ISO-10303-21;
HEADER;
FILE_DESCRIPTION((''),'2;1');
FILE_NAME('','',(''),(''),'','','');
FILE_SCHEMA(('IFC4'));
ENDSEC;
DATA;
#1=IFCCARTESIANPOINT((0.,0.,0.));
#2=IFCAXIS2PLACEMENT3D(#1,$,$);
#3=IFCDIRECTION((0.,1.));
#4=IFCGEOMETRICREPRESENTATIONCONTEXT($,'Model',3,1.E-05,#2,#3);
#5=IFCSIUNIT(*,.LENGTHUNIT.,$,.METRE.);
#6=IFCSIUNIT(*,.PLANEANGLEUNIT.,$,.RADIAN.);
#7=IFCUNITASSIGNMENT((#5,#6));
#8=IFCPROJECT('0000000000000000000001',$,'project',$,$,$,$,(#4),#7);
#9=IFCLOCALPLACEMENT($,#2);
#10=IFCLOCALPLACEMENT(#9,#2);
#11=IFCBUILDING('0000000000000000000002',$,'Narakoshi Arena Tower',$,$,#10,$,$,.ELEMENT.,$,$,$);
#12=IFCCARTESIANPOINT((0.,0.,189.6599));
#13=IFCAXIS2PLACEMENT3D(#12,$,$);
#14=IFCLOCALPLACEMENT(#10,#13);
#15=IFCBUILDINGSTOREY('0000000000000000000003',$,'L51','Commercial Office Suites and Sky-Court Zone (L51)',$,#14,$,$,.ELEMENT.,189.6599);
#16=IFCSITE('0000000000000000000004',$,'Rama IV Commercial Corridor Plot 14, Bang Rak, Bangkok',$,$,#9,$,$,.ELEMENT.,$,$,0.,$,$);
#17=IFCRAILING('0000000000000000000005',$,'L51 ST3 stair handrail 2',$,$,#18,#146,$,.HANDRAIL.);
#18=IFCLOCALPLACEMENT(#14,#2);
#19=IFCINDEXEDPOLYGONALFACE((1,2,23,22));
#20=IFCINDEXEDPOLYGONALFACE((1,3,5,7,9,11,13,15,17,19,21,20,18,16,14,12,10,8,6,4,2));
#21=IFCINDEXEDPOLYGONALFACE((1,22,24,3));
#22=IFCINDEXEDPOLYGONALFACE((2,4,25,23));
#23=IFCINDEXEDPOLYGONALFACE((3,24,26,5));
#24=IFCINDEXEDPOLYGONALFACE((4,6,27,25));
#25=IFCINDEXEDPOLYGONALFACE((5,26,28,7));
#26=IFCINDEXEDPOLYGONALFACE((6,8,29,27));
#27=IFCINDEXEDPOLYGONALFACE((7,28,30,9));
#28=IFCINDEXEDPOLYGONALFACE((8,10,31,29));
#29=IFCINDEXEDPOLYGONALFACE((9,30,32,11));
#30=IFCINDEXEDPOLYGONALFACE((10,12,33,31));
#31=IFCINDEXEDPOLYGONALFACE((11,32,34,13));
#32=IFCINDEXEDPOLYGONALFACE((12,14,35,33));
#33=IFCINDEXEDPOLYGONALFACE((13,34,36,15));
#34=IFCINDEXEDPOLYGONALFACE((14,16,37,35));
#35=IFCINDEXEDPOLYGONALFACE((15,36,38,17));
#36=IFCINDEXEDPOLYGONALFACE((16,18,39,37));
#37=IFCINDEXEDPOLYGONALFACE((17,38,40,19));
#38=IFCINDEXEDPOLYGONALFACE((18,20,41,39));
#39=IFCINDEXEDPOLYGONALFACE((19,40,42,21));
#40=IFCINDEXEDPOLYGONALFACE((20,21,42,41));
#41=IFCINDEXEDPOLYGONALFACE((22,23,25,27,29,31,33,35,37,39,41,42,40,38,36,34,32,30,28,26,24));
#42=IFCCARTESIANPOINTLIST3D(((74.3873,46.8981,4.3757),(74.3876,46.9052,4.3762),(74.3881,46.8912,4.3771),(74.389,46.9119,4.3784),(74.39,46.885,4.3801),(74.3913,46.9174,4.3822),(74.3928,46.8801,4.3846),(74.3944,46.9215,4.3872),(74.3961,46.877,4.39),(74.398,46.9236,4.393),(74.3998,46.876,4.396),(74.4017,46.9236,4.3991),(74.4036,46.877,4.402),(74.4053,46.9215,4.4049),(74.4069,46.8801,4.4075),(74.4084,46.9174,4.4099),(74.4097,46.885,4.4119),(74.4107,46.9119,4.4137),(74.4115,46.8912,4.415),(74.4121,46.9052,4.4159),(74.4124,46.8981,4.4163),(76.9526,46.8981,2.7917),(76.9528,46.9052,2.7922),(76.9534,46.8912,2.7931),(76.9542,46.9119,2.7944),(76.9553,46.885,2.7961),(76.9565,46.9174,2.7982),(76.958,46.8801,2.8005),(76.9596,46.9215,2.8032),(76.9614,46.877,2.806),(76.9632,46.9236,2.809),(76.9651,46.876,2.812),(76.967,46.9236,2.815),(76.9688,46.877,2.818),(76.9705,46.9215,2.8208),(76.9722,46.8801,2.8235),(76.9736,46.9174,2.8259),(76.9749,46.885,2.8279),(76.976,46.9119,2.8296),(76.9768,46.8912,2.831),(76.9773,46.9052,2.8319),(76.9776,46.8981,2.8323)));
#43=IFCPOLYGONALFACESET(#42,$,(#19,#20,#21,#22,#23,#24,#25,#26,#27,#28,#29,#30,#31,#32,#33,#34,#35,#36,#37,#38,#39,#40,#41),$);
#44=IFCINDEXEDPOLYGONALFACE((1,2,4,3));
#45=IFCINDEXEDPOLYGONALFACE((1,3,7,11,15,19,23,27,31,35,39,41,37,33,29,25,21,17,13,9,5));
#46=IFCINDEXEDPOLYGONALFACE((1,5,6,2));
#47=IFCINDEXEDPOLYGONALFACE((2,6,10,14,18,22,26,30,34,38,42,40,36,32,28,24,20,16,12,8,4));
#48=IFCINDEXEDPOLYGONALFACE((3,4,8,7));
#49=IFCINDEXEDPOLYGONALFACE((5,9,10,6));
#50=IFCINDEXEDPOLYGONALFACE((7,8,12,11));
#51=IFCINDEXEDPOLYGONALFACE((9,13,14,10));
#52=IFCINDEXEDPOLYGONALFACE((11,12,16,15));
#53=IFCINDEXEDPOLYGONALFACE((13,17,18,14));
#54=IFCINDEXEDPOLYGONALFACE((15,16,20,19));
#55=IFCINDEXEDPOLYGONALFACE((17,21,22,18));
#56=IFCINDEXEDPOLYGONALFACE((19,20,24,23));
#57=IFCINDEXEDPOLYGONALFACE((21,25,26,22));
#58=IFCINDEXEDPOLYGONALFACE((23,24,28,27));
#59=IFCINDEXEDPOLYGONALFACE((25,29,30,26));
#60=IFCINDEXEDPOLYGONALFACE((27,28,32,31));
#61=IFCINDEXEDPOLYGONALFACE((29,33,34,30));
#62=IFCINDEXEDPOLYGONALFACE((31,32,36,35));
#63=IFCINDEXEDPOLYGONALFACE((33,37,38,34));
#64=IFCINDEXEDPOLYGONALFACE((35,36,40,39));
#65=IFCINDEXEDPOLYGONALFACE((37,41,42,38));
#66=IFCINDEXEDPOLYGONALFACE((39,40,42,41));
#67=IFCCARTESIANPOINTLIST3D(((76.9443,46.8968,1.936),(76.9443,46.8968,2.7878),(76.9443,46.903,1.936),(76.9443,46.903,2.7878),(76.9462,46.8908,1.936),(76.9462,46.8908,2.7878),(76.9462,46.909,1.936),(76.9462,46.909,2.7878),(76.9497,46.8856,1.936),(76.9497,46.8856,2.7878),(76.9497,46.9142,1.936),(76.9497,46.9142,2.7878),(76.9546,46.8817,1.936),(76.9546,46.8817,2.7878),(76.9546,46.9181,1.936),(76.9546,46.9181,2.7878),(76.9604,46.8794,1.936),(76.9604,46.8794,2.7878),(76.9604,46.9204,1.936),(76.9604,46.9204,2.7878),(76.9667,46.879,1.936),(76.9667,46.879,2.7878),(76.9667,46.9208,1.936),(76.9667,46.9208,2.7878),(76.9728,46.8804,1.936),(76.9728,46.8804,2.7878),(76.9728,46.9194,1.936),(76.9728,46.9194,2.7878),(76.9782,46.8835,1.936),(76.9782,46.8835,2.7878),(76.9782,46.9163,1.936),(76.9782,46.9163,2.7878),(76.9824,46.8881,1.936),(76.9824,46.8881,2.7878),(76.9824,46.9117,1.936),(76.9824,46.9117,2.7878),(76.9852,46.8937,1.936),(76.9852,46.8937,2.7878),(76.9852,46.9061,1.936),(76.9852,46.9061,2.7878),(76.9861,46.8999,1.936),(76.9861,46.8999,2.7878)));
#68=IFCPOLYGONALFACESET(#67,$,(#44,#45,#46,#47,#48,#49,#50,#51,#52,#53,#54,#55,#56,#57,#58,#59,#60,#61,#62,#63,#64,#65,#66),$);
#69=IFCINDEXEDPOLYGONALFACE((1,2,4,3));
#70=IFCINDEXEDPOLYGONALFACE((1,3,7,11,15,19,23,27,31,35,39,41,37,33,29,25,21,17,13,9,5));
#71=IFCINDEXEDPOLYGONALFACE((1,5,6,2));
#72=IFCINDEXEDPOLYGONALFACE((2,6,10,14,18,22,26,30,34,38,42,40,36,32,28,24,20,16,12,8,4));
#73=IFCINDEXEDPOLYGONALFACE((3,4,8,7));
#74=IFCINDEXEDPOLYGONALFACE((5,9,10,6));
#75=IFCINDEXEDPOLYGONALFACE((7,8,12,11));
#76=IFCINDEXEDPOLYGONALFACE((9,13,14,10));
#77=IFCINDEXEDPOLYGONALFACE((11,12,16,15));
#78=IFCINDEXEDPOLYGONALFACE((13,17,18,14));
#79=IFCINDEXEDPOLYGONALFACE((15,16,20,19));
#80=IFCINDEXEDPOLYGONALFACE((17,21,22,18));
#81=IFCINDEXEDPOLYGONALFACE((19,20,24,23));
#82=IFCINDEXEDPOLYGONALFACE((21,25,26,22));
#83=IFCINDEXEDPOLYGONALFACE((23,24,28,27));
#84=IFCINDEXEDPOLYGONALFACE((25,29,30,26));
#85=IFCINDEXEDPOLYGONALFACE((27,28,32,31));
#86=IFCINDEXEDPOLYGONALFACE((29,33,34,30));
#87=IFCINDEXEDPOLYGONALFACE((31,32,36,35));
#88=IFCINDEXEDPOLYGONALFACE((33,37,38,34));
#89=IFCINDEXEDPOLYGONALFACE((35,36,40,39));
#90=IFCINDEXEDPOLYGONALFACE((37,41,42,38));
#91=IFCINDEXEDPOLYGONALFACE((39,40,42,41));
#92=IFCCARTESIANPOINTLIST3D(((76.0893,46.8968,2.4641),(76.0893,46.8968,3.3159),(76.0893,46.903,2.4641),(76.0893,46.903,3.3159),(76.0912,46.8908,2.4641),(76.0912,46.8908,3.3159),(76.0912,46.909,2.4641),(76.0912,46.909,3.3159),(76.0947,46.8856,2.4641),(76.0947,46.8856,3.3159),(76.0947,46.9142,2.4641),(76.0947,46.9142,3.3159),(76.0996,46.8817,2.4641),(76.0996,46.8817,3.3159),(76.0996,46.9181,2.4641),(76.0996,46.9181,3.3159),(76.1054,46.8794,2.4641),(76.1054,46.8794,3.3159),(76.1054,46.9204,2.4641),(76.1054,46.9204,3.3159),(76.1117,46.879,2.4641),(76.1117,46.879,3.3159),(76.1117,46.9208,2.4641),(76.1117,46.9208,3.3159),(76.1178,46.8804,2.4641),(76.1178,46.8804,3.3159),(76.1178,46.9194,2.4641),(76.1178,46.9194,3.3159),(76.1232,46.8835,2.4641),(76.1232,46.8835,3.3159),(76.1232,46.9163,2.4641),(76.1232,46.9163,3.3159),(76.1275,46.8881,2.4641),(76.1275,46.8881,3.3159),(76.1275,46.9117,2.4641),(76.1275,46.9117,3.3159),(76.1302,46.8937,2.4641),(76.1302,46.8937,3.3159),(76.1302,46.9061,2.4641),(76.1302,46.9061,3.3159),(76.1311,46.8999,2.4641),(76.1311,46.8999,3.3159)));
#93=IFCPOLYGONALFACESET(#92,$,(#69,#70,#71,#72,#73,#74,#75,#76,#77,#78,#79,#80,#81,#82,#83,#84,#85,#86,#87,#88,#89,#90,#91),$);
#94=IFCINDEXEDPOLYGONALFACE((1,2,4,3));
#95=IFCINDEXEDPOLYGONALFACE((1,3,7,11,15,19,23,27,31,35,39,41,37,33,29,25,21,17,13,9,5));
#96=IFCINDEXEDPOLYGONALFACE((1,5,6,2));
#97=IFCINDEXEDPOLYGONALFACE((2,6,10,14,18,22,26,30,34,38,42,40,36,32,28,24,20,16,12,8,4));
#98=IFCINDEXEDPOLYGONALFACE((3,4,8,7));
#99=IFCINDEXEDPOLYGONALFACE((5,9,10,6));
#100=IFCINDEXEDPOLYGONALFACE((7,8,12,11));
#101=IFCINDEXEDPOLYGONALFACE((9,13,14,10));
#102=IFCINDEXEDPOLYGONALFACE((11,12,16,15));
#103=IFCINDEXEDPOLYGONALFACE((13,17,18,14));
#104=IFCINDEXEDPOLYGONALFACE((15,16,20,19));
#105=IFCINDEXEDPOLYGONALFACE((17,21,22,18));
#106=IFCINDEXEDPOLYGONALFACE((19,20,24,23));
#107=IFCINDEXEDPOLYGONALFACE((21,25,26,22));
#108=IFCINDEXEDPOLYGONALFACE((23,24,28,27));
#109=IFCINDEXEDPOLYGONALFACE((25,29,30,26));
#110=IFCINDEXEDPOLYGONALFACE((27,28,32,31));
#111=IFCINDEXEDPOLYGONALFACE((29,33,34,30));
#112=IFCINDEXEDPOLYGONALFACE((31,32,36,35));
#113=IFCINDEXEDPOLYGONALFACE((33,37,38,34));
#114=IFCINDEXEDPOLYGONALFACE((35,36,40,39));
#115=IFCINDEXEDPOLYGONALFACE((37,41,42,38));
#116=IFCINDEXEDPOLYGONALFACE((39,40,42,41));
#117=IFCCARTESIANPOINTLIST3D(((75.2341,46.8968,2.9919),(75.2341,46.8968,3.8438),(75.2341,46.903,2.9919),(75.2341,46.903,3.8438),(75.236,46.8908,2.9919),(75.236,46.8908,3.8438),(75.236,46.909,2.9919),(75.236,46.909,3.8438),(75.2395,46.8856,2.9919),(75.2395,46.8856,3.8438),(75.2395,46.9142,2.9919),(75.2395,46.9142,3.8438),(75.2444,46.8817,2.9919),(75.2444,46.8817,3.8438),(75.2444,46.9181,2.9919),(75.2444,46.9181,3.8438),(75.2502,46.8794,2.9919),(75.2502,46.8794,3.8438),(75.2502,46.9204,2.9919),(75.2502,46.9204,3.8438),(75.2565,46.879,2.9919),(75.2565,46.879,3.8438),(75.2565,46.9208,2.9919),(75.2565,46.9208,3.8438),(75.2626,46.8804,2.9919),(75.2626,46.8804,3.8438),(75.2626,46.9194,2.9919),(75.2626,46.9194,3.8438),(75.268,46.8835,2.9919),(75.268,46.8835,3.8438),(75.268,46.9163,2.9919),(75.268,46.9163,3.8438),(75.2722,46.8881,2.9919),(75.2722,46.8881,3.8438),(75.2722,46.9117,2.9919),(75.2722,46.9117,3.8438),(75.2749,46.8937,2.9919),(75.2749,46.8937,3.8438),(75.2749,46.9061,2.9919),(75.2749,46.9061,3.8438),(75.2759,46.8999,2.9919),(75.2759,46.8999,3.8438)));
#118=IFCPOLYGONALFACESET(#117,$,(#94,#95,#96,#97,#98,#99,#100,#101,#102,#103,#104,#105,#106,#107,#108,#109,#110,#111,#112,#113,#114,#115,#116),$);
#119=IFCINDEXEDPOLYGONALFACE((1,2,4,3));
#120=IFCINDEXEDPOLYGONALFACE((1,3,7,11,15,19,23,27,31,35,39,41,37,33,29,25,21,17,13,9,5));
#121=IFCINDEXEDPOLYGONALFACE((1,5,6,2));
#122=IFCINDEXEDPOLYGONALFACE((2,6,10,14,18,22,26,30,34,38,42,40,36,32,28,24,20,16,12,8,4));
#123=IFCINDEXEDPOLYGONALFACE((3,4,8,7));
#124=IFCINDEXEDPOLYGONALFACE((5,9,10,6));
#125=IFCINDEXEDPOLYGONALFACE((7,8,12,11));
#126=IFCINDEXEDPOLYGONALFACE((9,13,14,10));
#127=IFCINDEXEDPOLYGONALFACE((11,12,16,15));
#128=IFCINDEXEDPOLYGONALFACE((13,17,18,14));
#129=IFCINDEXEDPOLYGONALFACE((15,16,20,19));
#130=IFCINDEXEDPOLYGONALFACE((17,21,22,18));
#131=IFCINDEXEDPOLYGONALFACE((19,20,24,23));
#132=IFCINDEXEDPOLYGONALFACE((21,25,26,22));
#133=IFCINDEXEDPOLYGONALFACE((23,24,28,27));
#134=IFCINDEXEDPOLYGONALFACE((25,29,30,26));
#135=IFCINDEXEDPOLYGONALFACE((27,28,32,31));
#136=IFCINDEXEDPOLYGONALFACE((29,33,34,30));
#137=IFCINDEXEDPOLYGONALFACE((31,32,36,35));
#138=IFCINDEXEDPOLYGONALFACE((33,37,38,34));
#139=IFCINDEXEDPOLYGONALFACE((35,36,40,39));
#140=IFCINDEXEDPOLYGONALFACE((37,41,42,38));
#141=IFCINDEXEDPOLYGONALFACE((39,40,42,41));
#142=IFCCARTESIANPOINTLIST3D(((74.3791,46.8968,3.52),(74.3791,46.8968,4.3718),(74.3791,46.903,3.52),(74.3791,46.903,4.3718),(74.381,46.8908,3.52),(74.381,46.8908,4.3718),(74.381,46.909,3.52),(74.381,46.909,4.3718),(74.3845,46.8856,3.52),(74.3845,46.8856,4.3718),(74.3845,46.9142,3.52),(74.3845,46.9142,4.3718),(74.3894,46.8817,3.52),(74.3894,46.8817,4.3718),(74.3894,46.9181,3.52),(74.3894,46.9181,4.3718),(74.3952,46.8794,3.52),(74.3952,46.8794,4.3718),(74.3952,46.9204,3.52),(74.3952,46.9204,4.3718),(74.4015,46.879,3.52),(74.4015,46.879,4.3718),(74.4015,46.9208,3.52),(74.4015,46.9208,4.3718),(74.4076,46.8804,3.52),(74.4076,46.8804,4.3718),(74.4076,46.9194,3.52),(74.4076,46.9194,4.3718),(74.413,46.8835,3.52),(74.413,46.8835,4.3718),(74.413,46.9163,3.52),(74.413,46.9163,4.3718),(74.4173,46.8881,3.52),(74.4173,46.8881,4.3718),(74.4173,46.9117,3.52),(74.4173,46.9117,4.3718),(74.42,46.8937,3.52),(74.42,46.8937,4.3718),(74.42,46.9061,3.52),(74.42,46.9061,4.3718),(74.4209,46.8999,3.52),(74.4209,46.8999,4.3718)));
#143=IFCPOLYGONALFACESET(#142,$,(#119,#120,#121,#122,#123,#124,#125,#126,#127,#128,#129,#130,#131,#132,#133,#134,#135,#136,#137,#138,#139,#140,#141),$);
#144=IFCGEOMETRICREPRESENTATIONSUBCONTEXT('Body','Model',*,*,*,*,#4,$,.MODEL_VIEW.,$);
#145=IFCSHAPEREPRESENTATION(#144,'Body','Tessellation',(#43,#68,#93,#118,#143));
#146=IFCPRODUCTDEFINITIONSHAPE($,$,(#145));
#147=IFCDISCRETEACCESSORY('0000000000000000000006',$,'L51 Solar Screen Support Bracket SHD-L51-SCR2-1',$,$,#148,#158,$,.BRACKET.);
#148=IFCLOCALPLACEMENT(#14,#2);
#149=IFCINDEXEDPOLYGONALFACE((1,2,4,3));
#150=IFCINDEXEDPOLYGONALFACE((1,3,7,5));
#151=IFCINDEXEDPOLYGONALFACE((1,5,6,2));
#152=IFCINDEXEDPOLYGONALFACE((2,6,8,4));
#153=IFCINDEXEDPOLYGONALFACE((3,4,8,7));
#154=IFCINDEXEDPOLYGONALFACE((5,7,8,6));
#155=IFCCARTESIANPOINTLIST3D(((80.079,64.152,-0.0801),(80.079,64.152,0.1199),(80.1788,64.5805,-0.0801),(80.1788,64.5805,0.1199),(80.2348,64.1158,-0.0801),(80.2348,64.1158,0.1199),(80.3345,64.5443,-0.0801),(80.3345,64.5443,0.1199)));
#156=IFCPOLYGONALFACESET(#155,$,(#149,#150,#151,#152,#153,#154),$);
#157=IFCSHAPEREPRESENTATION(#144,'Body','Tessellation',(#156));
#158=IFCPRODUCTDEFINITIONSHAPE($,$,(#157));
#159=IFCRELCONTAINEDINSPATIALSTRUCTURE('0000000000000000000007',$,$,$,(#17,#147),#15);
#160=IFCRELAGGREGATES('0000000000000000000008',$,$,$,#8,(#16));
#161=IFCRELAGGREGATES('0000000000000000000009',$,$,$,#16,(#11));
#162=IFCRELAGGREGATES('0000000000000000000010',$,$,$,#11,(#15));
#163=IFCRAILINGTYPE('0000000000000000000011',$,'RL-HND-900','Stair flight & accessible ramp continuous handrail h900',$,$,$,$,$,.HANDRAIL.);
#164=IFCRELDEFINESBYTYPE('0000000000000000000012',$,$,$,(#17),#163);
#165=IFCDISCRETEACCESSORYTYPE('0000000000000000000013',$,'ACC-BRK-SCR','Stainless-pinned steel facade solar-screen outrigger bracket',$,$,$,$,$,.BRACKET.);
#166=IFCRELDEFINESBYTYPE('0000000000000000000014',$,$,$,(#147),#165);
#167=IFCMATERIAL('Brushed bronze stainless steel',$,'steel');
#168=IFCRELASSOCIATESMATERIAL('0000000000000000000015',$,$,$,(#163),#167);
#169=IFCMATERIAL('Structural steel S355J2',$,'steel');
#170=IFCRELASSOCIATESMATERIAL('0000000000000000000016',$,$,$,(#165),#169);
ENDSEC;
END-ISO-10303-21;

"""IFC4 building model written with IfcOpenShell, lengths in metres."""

from ifc_helpers import new_model, si_unit, direction, frame, origin, origin_2d, place, context, subcontext, project, spatial, rectangle, circle, extrude, material, type_object, element, save


model = new_model("IFC4")

# Units and contexts
model_context = context("Model", 3, precision=1e-05, world=origin(), true_north=direction((0.0, 1.0)))
body_context = subcontext(model_context, "Body", "Model", "MODEL_VIEW")
ifc_project = project(units=[si_unit("LENGTHUNIT", "METRE"), si_unit("PLANEANGLEUNIT", "RADIAN")], contexts=[model_context])

# Site, building, storey
site_placement = place(None, origin())
site = spatial("IfcSite", under=ifc_project, at=site_placement, Name="Rama IV Commercial Corridor Plot 14, Bang Rak, Bangkok", CompositionType="ELEMENT", RefElevation=0.0)
building_placement = place(site_placement, origin())
building = spatial("IfcBuilding", under=site, at=building_placement, Name="Narakoshi Arena Tower", CompositionType="ELEMENT")
storey_placement = place(building_placement, frame((0.0, 0.0, 189.6599)))
storey = spatial("IfcBuildingStorey", under=building, at=storey_placement, Name="L51", Description="Commercial Office Suites and Sky-Court Zone (L51)", CompositionType="ELEMENT", Elevation=189.6599)

# Shared definitions
ifc_material_1 = material(Name="Structural steel S355J2", Category="steel")

# Railing
ifc_material_2 = material(Name="Brushed bronze stainless steel", Category="steel")
railing_type_1 = type_object("IfcRailingType", Name="RL-HND-900", Description="Stair flight & accessible ramp continuous handrail h900", PredefinedType="HANDRAIL", material=ifc_material_2)
railing_1_placement = place(storey_placement, frame((76.9651, 46.8999, 1.936)))
element("IfcRailing", 1, at=railing_1_placement, inside=storey, type_object=railing_type_1, Name="L51 ST3 stair handrail 2", PredefinedType="HANDRAIL", context=body_context, shape_type="SweptSolid", body=[
    extrude(circle(Radius=0.0239, at=origin_2d()), frame((0.0, 0.0, 0.876), z_axis=(-0.850857, 0.0, 0.525398), x_axis=(0.0, -1.0, 0.0)), (0.0, 0.0, 1.0), 3.0149),
    extrude(circle(Radius=0.021, at=origin_2d()), origin(), (0.0, 0.0, 1.0), 0.8518),
    extrude(circle(Radius=0.021, at=origin_2d()), frame((-0.855, 0.0, 0.5281)), (0.0, 0.0, 1.0), 0.8518),
    extrude(circle(Radius=0.021, at=origin_2d()), frame((-1.7102, 0.0, 1.0559)), (0.0, 0.0, 1.0), 0.8518),
    extrude(circle(Radius=0.021, at=origin_2d()), frame((-2.5652, 0.0, 1.584)), (0.0, 0.0, 1.0), 0.8518),
])

# Discrete accessory
discrete_accessory_type = type_object("IfcDiscreteAccessoryType", Name="ACC-BRK-SCR", Description="Stainless-pinned steel facade solar-screen outrigger bracket", PredefinedType="BRACKET", material=ifc_material_1)
discrete_accessory_placement = place(storey_placement, frame((80.2068, 64.3481, -0.0801), z_axis=(0.0, 0.0, 1.0), x_axis=(-0.97396, 0.226719, 0.0)))
element("IfcDiscreteAccessory", 2, at=discrete_accessory_placement, inside=storey, type_object=discrete_accessory_type, Name="L51 Solar Screen Support Bracket SHD-L51-SCR2-1", PredefinedType="BRACKET", context=body_context, shape_type="SweptSolid", body=[
    extrude(rectangle(XDim=0.1599, YDim=0.4399, at=origin_2d()), origin(), (0.0, 0.0, 1.0), 0.2),
])

save(model, "model.ifc")
